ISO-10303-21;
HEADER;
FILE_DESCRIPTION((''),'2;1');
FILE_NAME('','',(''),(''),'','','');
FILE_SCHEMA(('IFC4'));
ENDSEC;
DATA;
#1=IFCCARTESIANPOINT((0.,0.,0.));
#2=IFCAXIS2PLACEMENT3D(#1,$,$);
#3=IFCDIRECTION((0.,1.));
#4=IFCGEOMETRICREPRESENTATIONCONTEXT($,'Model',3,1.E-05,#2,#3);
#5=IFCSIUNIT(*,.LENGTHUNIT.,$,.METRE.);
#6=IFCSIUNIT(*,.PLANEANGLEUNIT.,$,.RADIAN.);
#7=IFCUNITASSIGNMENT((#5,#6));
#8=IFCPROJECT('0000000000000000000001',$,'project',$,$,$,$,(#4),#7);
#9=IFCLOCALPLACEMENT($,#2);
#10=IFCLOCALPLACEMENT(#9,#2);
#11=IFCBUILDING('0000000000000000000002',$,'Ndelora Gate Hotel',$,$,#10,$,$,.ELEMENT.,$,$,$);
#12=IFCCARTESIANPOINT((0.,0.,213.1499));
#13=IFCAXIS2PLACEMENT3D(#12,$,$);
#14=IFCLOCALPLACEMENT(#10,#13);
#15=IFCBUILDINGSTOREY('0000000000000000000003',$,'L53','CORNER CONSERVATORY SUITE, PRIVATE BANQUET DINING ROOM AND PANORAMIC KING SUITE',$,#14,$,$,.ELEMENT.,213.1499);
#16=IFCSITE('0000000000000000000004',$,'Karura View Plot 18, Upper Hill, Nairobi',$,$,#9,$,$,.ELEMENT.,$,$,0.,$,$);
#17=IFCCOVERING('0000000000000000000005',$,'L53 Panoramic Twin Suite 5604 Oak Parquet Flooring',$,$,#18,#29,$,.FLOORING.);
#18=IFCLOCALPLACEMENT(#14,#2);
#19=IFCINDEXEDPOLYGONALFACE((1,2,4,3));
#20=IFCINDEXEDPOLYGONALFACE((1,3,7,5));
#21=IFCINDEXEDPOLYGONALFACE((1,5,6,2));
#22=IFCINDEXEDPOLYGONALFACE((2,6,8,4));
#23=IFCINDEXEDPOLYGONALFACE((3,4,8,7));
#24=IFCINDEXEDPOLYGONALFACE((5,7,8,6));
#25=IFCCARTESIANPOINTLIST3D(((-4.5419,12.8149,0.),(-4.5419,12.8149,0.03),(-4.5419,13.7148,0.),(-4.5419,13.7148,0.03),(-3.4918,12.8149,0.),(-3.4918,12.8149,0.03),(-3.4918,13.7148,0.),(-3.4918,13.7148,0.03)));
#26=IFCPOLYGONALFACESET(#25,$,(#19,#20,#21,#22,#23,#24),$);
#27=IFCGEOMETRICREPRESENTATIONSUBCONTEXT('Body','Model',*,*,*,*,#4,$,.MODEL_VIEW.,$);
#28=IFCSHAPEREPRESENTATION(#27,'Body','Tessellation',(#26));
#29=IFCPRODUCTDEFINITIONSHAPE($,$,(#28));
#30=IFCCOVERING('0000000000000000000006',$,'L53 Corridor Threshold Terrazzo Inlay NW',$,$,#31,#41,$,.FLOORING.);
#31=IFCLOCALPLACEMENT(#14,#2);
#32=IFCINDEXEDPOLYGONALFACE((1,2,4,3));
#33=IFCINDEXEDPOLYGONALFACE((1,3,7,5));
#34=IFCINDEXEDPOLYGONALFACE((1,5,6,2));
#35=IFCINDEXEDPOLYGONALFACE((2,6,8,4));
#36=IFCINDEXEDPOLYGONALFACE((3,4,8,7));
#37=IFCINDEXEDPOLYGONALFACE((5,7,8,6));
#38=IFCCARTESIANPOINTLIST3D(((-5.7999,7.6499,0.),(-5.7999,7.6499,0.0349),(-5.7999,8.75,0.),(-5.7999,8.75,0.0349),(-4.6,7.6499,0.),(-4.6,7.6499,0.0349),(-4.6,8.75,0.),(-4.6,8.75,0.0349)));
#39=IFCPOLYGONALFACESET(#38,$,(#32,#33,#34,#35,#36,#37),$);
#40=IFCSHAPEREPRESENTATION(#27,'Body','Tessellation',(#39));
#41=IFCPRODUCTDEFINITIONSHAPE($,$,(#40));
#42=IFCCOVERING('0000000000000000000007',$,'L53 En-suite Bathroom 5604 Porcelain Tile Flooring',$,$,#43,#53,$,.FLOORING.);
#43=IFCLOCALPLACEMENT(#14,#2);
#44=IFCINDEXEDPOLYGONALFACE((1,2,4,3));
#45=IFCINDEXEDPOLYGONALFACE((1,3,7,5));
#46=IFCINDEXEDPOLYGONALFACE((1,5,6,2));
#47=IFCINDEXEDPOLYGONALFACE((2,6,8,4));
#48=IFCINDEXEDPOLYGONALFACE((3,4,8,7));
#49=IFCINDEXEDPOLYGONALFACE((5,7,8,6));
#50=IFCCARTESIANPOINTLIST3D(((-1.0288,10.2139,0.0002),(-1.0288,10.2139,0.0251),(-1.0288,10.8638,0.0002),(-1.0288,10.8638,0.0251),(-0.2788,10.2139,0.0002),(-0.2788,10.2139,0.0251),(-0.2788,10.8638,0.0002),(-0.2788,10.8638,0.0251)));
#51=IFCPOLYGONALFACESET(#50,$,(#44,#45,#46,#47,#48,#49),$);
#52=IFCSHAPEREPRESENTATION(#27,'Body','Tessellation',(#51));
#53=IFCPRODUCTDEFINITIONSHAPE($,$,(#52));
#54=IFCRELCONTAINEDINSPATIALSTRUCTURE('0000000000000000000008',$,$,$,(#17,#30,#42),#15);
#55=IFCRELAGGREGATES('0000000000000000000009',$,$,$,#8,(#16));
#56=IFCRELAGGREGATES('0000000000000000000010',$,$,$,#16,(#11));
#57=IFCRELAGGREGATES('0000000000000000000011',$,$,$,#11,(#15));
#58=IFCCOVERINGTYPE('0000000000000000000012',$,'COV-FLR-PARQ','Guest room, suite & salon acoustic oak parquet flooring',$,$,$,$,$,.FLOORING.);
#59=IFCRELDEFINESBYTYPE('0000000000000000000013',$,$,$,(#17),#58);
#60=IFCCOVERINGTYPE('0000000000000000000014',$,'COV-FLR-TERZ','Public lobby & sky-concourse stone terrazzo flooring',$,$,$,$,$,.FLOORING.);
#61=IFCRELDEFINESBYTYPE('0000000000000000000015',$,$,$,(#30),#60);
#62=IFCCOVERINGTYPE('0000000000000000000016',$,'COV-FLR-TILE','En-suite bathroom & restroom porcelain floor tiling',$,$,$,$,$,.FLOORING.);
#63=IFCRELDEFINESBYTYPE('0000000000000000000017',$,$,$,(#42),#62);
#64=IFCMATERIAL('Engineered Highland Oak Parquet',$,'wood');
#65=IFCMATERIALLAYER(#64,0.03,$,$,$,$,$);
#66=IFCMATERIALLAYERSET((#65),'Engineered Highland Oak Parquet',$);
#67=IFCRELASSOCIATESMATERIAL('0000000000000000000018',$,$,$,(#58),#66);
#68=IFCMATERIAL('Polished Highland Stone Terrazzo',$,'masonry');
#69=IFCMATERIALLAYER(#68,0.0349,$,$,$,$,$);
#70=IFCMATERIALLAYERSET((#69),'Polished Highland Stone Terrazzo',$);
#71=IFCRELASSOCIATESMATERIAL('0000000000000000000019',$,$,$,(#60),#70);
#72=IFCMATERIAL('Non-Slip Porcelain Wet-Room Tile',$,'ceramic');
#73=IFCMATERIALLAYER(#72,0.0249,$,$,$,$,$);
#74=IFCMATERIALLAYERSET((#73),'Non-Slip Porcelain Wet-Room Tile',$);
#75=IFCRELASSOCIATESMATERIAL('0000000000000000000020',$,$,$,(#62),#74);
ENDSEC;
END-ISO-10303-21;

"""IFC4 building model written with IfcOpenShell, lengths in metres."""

from ifc_helpers import new_model, si_unit, direction, frame, origin, origin_2d, place, context, subcontext, project, spatial, rectangle, extrude, material, layer, layer_set, type_object, element, save


model = new_model("IFC4")

# Units and contexts
model_context = context("Model", 3, precision=1e-05, world=origin(), true_north=direction((0.0, 1.0)))
body_context = subcontext(model_context, "Body", "Model", "MODEL_VIEW")
ifc_project = project(units=[si_unit("LENGTHUNIT", "METRE"), si_unit("PLANEANGLEUNIT", "RADIAN")], contexts=[model_context])

# Site, building, storey
site_placement = place(None, origin())
site = spatial("IfcSite", under=ifc_project, at=site_placement, Name="Karura View Plot 18, Upper Hill, Nairobi", CompositionType="ELEMENT", RefElevation=0.0)
building_placement = place(site_placement, origin())
building = spatial("IfcBuilding", under=site, at=building_placement, Name="Ndelora Gate Hotel", CompositionType="ELEMENT")
storey_placement = place(building_placement, frame((0.0, 0.0, 213.1499)))
storey = spatial("IfcBuildingStorey", under=building, at=storey_placement, Name="L53", Description="CORNER CONSERVATORY SUITE, PRIVATE BANQUET DINING ROOM AND PANORAMIC KING SUITE", CompositionType="ELEMENT", Elevation=213.1499)

# Coverings
ifc_material_1 = material(Name="Engineered Highland Oak Parquet", Category="wood")
ifc_layer_1 = layer(ifc_material_1, 0.03)
ifc_layer_set_1 = layer_set([ifc_layer_1], Name="Engineered Highland Oak Parquet")
covering_type_1 = type_object("IfcCoveringType", Name="COV-FLR-PARQ", Description="Guest room, suite & salon acoustic oak parquet flooring", PredefinedType="FLOORING", material=ifc_layer_set_1)
covering_1_placement = place(storey_placement, frame((-4.0168, 13.2649, 0.0), z_axis=(0.0, 0.0, 1.0), x_axis=(1.0, 0.0, 0.0)))
element("IfcCovering", 1, at=covering_1_placement, inside=storey, type_object=covering_type_1, Name="L53 Panoramic Twin Suite 5604 Oak Parquet Flooring", PredefinedType="FLOORING", context=body_context, shape_type="SweptSolid", body=[
    extrude(rectangle(XDim=1.05, YDim=0.8999, at=origin_2d()), origin(), (0.0, 0.0, 1.0), 0.03),
])
ifc_material_2 = material(Name="Polished Highland Stone Terrazzo", Category="masonry")
ifc_layer_2 = layer(ifc_material_2, 0.0349)
ifc_layer_set_2 = layer_set([ifc_layer_2], Name="Polished Highland Stone Terrazzo")
covering_type_2 = type_object("IfcCoveringType", Name="COV-FLR-TERZ", Description="Public lobby & sky-concourse stone terrazzo flooring", PredefinedType="FLOORING", material=ifc_layer_set_2)
covering_2_placement = place(storey_placement, frame((-5.2, 8.2, 0.0), z_axis=(0.0, 0.0, 1.0), x_axis=(1.0, 0.0, 0.0)))
element("IfcCovering", 2, at=covering_2_placement, inside=storey, type_object=covering_type_2, Name="L53 Corridor Threshold Terrazzo Inlay NW", PredefinedType="FLOORING", context=body_context, shape_type="SweptSolid", body=[
    extrude(rectangle(XDim=1.2, YDim=1.1001, at=origin_2d()), origin(), (0.0, 0.0, 1.0), 0.0349),
])
ifc_material_3 = material(Name="Non-Slip Porcelain Wet-Room Tile", Category="ceramic")
ifc_layer_3 = layer(ifc_material_3, 0.0249)
ifc_layer_set_3 = layer_set([ifc_layer_3], Name="Non-Slip Porcelain Wet-Room Tile")
covering_type_3 = type_object("IfcCoveringType", Name="COV-FLR-TILE", Description="En-suite bathroom & restroom porcelain floor tiling", PredefinedType="FLOORING", material=ifc_layer_set_3)
covering_3_placement = place(storey_placement, frame((-0.6538, 10.5388, 0.0002), z_axis=(0.0, 0.0, 1.0), x_axis=(1.0, 0.0, 0.0)))
element("IfcCovering", 3, at=covering_3_placement, inside=storey, type_object=covering_type_3, Name="L53 En-suite Bathroom 5604 Porcelain Tile Flooring", PredefinedType="FLOORING", context=body_context, shape_type="SweptSolid", body=[
    extrude(rectangle(XDim=0.75, YDim=0.6499, at=origin_2d()), origin(), (0.0, 0.0, 1.0), 0.0249),
])

save(model, "model.ifc")
